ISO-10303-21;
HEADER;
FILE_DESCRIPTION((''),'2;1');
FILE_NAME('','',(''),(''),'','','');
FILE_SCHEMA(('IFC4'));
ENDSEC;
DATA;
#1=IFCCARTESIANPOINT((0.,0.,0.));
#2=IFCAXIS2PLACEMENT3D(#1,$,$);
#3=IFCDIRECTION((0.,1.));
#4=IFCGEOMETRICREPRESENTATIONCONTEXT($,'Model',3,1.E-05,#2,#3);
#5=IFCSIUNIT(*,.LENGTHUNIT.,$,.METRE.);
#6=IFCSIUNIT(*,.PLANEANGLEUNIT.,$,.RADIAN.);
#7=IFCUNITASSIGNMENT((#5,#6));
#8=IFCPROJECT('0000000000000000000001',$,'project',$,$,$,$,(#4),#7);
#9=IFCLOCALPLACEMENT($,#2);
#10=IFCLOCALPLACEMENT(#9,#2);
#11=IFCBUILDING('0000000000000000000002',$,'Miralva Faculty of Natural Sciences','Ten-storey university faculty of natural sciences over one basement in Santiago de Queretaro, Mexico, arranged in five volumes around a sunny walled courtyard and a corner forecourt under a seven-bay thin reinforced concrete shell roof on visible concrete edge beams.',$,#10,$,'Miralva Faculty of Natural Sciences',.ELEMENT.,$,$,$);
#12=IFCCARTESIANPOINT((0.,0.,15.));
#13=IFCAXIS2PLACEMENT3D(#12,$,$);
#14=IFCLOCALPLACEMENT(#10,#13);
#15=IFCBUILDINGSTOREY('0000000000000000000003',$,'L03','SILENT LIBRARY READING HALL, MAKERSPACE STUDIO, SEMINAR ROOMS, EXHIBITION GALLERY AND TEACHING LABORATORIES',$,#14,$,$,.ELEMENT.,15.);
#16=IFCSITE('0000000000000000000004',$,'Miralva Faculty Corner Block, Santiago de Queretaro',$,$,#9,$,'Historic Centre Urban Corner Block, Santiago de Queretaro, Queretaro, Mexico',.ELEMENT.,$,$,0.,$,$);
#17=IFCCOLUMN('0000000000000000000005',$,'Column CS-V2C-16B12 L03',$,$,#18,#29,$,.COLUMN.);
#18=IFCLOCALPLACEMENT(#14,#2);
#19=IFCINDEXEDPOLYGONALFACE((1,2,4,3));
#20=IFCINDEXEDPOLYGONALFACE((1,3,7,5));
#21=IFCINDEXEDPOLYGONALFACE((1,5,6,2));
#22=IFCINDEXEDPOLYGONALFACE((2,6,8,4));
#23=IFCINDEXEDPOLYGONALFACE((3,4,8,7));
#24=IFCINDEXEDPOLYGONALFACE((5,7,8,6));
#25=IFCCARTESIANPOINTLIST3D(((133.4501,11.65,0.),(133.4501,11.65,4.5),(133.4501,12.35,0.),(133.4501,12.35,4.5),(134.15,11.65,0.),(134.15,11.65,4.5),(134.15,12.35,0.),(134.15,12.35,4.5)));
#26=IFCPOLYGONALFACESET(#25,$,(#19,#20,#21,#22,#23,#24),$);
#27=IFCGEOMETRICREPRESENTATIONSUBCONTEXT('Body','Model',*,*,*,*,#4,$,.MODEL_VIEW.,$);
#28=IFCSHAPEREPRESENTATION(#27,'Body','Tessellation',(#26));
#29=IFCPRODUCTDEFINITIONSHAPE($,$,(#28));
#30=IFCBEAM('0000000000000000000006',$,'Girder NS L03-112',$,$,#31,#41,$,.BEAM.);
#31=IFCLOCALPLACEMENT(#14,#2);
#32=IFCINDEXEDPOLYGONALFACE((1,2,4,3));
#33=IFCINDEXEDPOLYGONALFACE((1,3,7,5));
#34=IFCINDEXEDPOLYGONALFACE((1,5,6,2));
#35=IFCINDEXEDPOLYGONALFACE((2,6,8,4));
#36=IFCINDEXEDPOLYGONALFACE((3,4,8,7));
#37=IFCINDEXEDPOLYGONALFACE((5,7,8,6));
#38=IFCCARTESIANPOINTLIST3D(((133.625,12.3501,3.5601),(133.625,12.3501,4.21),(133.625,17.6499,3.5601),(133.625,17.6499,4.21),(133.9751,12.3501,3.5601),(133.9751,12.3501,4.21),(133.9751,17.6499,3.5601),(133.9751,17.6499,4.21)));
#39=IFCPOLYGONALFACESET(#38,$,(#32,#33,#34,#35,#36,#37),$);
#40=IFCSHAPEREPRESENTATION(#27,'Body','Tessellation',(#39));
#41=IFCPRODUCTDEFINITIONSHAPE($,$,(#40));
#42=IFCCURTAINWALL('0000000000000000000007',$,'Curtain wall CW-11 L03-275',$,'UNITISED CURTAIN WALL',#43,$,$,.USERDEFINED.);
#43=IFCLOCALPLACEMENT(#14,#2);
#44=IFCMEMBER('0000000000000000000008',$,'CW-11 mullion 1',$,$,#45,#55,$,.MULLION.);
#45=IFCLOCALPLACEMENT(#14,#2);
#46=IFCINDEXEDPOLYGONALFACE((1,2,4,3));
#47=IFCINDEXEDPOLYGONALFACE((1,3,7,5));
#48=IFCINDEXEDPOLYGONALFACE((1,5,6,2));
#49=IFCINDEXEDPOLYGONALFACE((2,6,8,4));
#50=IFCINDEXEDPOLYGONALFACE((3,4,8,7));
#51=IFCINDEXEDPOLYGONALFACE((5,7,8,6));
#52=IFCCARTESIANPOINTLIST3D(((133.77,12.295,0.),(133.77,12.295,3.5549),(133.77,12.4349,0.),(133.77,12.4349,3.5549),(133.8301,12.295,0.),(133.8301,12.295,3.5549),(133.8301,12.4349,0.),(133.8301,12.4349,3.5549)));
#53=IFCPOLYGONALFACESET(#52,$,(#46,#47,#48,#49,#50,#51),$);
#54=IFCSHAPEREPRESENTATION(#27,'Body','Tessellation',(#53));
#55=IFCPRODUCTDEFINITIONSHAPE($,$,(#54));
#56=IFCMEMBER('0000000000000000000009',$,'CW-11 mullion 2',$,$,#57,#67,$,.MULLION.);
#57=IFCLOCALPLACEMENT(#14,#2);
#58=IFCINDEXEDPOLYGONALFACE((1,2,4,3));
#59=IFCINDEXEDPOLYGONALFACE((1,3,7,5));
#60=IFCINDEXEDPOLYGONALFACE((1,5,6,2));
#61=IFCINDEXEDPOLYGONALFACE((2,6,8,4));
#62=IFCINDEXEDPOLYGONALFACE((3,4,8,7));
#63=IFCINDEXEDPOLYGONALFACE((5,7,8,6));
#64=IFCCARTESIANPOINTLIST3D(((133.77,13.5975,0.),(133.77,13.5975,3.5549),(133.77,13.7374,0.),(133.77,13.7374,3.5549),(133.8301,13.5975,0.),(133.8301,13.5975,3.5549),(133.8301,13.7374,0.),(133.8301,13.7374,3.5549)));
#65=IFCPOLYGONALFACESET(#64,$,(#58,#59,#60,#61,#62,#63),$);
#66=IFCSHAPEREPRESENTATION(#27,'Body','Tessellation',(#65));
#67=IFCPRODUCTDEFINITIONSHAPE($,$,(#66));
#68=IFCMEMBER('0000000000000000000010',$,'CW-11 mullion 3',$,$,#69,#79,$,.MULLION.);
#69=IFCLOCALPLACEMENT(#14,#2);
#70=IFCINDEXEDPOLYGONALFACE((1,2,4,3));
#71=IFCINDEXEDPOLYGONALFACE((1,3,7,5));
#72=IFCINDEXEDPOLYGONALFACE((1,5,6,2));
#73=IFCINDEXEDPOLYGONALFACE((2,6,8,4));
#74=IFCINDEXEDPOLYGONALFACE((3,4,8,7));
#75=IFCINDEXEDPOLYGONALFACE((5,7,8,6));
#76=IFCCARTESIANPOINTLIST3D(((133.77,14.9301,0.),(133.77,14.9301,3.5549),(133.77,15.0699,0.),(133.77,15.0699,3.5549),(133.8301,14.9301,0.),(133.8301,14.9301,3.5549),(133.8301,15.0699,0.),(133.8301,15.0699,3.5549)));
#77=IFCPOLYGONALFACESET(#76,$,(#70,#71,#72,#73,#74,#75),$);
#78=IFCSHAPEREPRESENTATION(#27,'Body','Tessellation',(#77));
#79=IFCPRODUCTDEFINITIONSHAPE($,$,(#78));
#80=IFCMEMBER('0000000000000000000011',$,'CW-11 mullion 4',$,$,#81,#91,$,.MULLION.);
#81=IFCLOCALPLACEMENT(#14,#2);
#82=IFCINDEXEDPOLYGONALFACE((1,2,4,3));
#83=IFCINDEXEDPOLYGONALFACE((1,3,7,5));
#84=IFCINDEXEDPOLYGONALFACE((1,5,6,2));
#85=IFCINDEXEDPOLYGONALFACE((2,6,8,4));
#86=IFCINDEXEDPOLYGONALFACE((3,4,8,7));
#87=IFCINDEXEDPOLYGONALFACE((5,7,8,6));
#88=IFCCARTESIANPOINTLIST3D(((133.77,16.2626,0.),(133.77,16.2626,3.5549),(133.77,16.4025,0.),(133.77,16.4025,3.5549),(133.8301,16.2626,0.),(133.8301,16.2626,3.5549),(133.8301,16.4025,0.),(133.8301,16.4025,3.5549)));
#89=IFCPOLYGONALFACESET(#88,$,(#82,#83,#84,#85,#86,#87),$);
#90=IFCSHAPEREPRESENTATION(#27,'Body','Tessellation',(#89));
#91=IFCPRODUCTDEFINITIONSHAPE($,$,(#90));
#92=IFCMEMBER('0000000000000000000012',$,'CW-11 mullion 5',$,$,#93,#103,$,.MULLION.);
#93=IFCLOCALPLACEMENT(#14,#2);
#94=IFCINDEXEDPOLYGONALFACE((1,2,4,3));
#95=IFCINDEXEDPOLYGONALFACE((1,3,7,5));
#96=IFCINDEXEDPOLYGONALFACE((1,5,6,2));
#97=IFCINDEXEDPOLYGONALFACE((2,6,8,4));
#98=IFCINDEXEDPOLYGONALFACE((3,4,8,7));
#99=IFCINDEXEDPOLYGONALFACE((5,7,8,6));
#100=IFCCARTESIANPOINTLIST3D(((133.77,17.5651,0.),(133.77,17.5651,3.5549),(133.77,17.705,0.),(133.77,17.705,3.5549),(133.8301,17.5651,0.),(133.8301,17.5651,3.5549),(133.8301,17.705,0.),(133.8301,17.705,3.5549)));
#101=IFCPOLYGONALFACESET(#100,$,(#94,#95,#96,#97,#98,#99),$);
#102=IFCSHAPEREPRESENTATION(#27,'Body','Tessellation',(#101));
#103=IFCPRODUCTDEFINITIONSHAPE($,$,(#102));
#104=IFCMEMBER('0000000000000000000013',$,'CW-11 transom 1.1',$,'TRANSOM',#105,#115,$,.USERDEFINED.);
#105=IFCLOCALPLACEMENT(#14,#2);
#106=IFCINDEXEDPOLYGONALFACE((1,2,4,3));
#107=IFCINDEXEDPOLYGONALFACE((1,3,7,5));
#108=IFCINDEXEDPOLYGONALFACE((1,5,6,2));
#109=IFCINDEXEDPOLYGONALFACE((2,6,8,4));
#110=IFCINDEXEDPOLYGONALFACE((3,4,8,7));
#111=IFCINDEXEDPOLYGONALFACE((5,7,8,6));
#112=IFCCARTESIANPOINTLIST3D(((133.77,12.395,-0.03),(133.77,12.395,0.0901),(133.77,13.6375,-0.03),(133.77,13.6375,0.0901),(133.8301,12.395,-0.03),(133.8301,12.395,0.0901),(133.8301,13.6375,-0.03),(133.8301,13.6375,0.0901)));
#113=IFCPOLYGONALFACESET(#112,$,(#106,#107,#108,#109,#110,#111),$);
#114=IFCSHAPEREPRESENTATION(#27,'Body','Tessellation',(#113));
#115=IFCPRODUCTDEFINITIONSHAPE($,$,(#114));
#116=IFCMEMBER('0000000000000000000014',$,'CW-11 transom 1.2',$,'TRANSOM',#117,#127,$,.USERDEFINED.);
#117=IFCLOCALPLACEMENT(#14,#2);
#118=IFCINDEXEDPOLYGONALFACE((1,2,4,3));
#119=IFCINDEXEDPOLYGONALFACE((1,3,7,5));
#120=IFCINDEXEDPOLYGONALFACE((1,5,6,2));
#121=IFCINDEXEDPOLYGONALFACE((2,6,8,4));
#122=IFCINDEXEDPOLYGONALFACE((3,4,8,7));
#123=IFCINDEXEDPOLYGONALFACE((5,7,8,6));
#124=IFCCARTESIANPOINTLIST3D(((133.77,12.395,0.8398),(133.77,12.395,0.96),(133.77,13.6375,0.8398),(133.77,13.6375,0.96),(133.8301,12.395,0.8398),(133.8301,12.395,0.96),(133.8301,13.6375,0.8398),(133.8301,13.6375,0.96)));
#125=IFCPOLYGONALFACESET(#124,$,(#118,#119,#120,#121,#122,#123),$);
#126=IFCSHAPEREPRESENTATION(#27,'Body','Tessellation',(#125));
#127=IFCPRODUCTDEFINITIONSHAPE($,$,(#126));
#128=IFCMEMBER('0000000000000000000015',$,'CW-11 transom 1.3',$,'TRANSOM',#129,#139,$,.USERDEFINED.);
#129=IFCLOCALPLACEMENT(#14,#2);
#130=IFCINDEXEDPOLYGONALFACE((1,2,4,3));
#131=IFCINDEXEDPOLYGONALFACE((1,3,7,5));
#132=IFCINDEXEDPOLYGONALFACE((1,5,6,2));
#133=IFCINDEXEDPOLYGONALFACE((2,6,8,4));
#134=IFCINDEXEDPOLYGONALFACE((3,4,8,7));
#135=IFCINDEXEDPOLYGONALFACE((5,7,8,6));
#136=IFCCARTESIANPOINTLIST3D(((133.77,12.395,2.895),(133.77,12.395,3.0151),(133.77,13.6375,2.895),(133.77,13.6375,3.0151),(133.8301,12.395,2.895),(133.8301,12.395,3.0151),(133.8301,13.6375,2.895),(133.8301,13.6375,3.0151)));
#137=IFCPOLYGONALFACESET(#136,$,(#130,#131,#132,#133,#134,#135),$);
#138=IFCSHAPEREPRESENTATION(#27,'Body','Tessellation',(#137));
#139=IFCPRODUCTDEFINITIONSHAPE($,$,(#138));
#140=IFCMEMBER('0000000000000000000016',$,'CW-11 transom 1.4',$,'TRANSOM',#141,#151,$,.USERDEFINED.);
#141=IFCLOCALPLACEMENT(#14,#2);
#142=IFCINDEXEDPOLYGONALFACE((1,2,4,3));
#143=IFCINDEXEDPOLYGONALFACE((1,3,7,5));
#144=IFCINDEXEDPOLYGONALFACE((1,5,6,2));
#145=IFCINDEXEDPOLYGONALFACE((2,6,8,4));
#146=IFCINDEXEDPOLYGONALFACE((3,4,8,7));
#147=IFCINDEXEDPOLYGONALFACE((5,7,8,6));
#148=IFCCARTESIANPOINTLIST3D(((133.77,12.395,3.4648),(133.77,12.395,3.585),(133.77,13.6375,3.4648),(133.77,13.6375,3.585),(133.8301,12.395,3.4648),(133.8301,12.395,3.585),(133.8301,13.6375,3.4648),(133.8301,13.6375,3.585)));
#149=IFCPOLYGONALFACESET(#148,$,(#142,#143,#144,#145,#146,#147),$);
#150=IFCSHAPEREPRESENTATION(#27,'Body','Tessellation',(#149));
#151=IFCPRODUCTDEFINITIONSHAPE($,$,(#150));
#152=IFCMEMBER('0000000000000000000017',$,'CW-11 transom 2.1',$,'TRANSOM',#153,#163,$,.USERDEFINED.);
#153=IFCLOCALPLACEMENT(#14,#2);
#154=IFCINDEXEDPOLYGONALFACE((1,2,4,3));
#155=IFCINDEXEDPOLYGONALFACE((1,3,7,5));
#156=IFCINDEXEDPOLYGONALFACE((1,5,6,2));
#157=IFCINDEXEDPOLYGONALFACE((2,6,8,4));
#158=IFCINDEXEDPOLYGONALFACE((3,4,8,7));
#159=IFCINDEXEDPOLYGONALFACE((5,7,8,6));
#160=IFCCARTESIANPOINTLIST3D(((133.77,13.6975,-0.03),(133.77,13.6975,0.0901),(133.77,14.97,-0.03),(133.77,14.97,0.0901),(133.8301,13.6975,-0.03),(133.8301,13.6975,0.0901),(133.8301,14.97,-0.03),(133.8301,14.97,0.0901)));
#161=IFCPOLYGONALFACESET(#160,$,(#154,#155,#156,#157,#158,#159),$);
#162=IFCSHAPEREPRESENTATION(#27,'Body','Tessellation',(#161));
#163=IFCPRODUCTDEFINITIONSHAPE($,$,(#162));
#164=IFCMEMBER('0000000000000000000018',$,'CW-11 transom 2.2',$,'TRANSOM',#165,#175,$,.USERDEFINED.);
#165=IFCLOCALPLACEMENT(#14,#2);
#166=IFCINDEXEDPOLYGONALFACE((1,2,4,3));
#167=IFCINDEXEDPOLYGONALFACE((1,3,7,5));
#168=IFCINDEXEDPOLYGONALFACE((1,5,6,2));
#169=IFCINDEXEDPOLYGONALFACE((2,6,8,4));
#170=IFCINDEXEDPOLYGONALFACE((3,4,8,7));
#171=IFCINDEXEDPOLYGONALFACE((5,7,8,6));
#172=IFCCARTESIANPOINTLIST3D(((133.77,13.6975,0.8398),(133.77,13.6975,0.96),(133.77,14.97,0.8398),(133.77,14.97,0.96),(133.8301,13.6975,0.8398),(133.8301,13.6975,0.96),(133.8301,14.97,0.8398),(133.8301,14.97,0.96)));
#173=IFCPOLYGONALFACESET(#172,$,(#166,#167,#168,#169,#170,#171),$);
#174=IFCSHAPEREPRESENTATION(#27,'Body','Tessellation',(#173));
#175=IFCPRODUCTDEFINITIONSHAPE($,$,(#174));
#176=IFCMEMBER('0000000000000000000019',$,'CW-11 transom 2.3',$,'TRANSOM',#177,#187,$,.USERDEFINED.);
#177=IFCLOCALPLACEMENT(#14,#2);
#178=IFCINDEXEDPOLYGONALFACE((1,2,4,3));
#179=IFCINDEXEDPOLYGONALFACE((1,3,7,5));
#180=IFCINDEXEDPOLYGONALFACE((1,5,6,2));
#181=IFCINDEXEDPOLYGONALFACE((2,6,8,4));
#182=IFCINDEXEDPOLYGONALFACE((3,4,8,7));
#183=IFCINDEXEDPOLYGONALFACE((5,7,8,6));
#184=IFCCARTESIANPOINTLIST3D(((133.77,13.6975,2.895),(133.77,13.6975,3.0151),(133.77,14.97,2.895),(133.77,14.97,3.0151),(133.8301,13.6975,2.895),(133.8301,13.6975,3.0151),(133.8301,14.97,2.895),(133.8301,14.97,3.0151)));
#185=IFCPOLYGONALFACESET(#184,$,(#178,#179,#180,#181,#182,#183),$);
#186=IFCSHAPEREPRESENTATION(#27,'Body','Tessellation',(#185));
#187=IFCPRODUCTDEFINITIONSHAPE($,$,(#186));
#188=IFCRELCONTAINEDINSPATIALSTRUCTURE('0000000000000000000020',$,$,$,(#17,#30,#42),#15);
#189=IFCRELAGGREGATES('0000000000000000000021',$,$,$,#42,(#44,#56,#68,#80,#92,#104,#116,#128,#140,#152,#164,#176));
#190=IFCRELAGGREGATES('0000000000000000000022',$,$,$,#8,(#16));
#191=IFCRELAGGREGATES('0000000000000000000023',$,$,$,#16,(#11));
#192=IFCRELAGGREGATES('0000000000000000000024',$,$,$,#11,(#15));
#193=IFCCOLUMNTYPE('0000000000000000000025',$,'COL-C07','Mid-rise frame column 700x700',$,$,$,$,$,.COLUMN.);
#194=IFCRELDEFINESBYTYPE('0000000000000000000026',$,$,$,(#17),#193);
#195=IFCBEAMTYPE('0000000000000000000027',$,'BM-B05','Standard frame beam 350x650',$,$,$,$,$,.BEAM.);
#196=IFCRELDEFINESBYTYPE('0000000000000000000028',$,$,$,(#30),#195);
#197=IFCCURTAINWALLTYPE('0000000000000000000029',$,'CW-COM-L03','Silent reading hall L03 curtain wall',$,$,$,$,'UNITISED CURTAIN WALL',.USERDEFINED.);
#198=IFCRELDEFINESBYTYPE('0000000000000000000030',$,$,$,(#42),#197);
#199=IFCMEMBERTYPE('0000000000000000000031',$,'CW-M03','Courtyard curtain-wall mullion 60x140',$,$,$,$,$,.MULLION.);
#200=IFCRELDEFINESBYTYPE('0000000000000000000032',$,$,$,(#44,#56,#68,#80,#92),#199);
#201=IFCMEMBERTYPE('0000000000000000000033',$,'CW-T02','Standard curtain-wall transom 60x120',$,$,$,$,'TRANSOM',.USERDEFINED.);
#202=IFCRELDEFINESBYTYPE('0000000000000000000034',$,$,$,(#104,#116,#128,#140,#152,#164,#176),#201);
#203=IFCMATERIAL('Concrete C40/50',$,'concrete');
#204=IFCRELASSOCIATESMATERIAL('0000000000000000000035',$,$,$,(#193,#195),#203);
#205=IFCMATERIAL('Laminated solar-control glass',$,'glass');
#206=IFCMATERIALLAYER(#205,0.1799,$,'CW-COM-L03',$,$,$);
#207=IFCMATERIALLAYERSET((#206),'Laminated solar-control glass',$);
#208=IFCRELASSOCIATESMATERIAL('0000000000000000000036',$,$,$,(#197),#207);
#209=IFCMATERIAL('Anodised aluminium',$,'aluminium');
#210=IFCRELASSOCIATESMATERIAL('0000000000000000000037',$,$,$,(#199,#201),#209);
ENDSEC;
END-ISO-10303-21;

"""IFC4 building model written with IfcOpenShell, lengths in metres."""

from ifc_helpers import new_model, si_unit, direction, frame, origin, origin_2d, place, context, subcontext, project, spatial, rectangle, extrude, material, layer, layer_set, material_profile, profile_set, type_object, element, aggregate, save


model = new_model("IFC4")

# Units and contexts
model_context = context("Model", 3, precision=1e-05, world=origin(), true_north=direction((0.0, 1.0)))
body_context = subcontext(model_context, "Body", "Model", "MODEL_VIEW")
ifc_project = project(units=[si_unit("LENGTHUNIT", "METRE"), si_unit("PLANEANGLEUNIT", "RADIAN")], contexts=[model_context])

# Site, building, storey
site_placement = place(None, origin())
site = spatial("IfcSite", under=ifc_project, at=site_placement, Name="Miralva Faculty Corner Block, Santiago de Queretaro", LongName="Historic Centre Urban Corner Block, Santiago de Queretaro, Queretaro, Mexico", CompositionType="ELEMENT", RefElevation=0.0)
building_placement = place(site_placement, origin())
building = spatial("IfcBuilding", under=site, at=building_placement, Name="Miralva Faculty of Natural Sciences", Description="Ten-storey university faculty of natural sciences over one basement in Santiago de Queretaro, Mexico, arranged in five volumes around a sunny walled courtyard and a corner forecourt under a seven-bay thin reinforced concrete shell roof on visible concrete edge beams.", LongName="Miralva Faculty of Natural Sciences", CompositionType="ELEMENT")
storey_placement = place(building_placement, frame((0.0, 0.0, 15.0)))
storey = spatial("IfcBuildingStorey", under=building, at=storey_placement, Name="L03", Description="SILENT LIBRARY READING HALL, MAKERSPACE STUDIO, SEMINAR ROOMS, EXHIBITION GALLERY AND TEACHING LABORATORIES", CompositionType="ELEMENT", Elevation=15.0)

# Column
ifc_material_1 = material(Name="Concrete C40/50", Category="concrete")
ifc_material_profile_1 = material_profile(ifc_material_1, rectangle(XDim=0.7, YDim=0.7, at=origin_2d()), Name="RC 700x700")
ifc_profile_set_1 = profile_set([ifc_material_profile_1], Name="Concrete C40/50")
column_type = type_object("IfcColumnType", Name="COL-C07", Description="Mid-rise frame column 700x700", PredefinedType="COLUMN", material=ifc_profile_set_1)
column_placement = place(storey_placement, frame((133.8, 12.0, 0.0), z_axis=(0.0, 0.0, 1.0), x_axis=(1.0, 0.0, 0.0)))
element("IfcColumn", 1, at=column_placement, inside=storey, type_object=column_type, Name="Column CS-V2C-16B12 L03", PredefinedType="COLUMN", context=body_context, shape_type="SweptSolid", body=[
    extrude(rectangle(XDim=0.7, YDim=0.7, at=origin_2d()), origin(), (0.0, 0.0, 1.0), 4.5),
])

# Beam
ifc_material_profile_2 = material_profile(ifc_material_1, rectangle(XDim=0.3501, YDim=0.6499, at=origin_2d()), Name="RC 350x650")
ifc_profile_set_2 = profile_set([ifc_material_profile_2], Name="Concrete C40/50")
beam_type = type_object("IfcBeamType", Name="BM-B05", Description="Standard frame beam 350x650", PredefinedType="BEAM", material=ifc_profile_set_2)
beam_placement = place(storey_placement, frame((133.8, 12.3501, 3.885), z_axis=(0.0, 1.0, 0.0), x_axis=(-1.0, 0.0, 0.0)))
element("IfcBeam", 2, at=beam_placement, inside=storey, type_object=beam_type, Name="Girder NS L03-112", PredefinedType="BEAM", context=body_context, shape_type="SweptSolid", body=[
    extrude(rectangle(XDim=0.3501, YDim=0.6499, at=origin_2d()), origin(), (0.0, 0.0, 1.0), 5.2998),
])

# Curtain wall, members
ifc_material_2 = material(Name="Laminated solar-control glass", Category="glass")
ifc_layer_1 = layer(ifc_material_2, 0.1799, Name="CW-COM-L03")
ifc_layer_set_1 = layer_set([ifc_layer_1], Name="Laminated solar-control glass")
curtain_wall_type_1 = type_object("IfcCurtainWallType", Name="CW-COM-L03", Description="Silent reading hall L03 curtain wall", ElementType="UNITISED CURTAIN WALL", PredefinedType="USERDEFINED", material=ifc_layer_set_1)
curtain_wall_1_placement = place(storey_placement, origin())
curtain_wall_1 = element("IfcCurtainWall", 3, at=curtain_wall_1_placement, inside=storey, type_object=curtain_wall_type_1, Name="Curtain wall CW-11 L03-275", ObjectType="UNITISED CURTAIN WALL", PredefinedType="USERDEFINED")
ifc_material_3 = material(Name="Anodised aluminium", Category="aluminium")
ifc_material_profile_3 = material_profile(ifc_material_3, rectangle(XDim=0.0601, YDim=0.1399, at=origin_2d()), Name="MULLION 60x140")
ifc_profile_set_3 = profile_set([ifc_material_profile_3], Name="Anodised aluminium")
member_type_1 = type_object("IfcMemberType", Name="CW-M03", Description="Courtyard curtain-wall mullion 60x140", PredefinedType="MULLION", material=ifc_profile_set_3)
member_1_placement = place(storey_placement, frame((133.8, 12.365, 0.0), z_axis=(0.0, 0.0, 1.0), x_axis=(-1.0, 0.0, 0.0)))
member_1 = element("IfcMember", 4, at=member_1_placement, type_object=member_type_1, Name="CW-11 mullion 1", PredefinedType="MULLION", context=body_context, shape_type="SweptSolid", body=[
    extrude(rectangle(XDim=0.0601, YDim=0.1399, at=origin_2d()), origin(), (0.0, 0.0, 1.0), 3.5549),
])
member_2_placement = place(storey_placement, frame((133.8, 13.6675, 0.0), z_axis=(0.0, 0.0, 1.0), x_axis=(-1.0, 0.0, 0.0)))
member_2 = element("IfcMember", 5, at=member_2_placement, type_object=member_type_1, Name="CW-11 mullion 2", PredefinedType="MULLION", context=body_context, shape_type="SweptSolid", body=[
    extrude(rectangle(XDim=0.0601, YDim=0.1399, at=origin_2d()), origin(), (0.0, 0.0, 1.0), 3.5549),
])
member_3_placement = place(storey_placement, frame((133.8, 15.0, 0.0), z_axis=(0.0, 0.0, 1.0), x_axis=(-1.0, 0.0, 0.0)))
member_3 = element("IfcMember", 6, at=member_3_placement, type_object=member_type_1, Name="CW-11 mullion 3", PredefinedType="MULLION", context=body_context, shape_type="SweptSolid", body=[
    extrude(rectangle(XDim=0.0601, YDim=0.1399, at=origin_2d()), origin(), (0.0, 0.0, 1.0), 3.5549),
])
member_4_placement = place(storey_placement, frame((133.8, 16.3325, 0.0), z_axis=(0.0, 0.0, 1.0), x_axis=(-1.0, 0.0, 0.0)))
member_4 = element("IfcMember", 7, at=member_4_placement, type_object=member_type_1, Name="CW-11 mullion 4", PredefinedType="MULLION", context=body_context, shape_type="SweptSolid", body=[
    extrude(rectangle(XDim=0.0601, YDim=0.1399, at=origin_2d()), origin(), (0.0, 0.0, 1.0), 3.5549),
])
member_5_placement = place(storey_placement, frame((133.8, 17.635, 0.0), z_axis=(0.0, 0.0, 1.0), x_axis=(-1.0, 0.0, 0.0)))
member_5 = element("IfcMember", 8, at=member_5_placement, type_object=member_type_1, Name="CW-11 mullion 5", PredefinedType="MULLION", context=body_context, shape_type="SweptSolid", body=[
    extrude(rectangle(XDim=0.0601, YDim=0.1399, at=origin_2d()), origin(), (0.0, 0.0, 1.0), 3.5549),
])
ifc_material_profile_4 = material_profile(ifc_material_3, rectangle(XDim=0.0601, YDim=0.1201, at=origin_2d()), Name="TRANSOM 60x120")
ifc_profile_set_4 = profile_set([ifc_material_profile_4], Name="Anodised aluminium")
member_type_2 = type_object("IfcMemberType", Name="CW-T02", Description="Standard curtain-wall transom 60x120", ElementType="TRANSOM", PredefinedType="USERDEFINED", material=ifc_profile_set_4)
member_6_placement = place(storey_placement, frame((133.8, 12.395, 0.03), z_axis=(0.0, 1.0, 0.0), x_axis=(-1.0, 0.0, 0.0)))
member_6 = element("IfcMember", 9, at=member_6_placement, type_object=member_type_2, Name="CW-11 transom 1.1", ObjectType="TRANSOM", PredefinedType="USERDEFINED", context=body_context, shape_type="SweptSolid", body=[
    extrude(rectangle(XDim=0.0601, YDim=0.1201, at=origin_2d()), origin(), (0.0, 0.0, 1.0), 1.2424),
])
member_7_placement = place(storey_placement, frame((133.8, 12.395, 0.8999), z_axis=(0.0, 1.0, 0.0), x_axis=(-1.0, 0.0, 0.0)))
member_7 = element("IfcMember", 10, at=member_7_placement, type_object=member_type_2, Name="CW-11 transom 1.2", ObjectType="TRANSOM", PredefinedType="USERDEFINED", context=body_context, shape_type="SweptSolid", body=[
    extrude(rectangle(XDim=0.0601, YDim=0.1201, at=origin_2d()), origin(), (0.0, 0.0, 1.0), 1.2424),
])
member_8_placement = place(storey_placement, frame((133.8, 12.395, 2.9551), z_axis=(0.0, 1.0, 0.0), x_axis=(-1.0, 0.0, 0.0)))
member_8 = element("IfcMember", 11, at=member_8_placement, type_object=member_type_2, Name="CW-11 transom 1.3", ObjectType="TRANSOM", PredefinedType="USERDEFINED", context=body_context, shape_type="SweptSolid", body=[
    extrude(rectangle(XDim=0.0601, YDim=0.1201, at=origin_2d()), origin(), (0.0, 0.0, 1.0), 1.2424),
])
member_9_placement = place(storey_placement, frame((133.8, 12.395, 3.5249), z_axis=(0.0, 1.0, 0.0), x_axis=(-1.0, 0.0, 0.0)))
member_9 = element("IfcMember", 12, at=member_9_placement, type_object=member_type_2, Name="CW-11 transom 1.4", ObjectType="TRANSOM", PredefinedType="USERDEFINED", context=body_context, shape_type="SweptSolid", body=[
    extrude(rectangle(XDim=0.0601, YDim=0.1201, at=origin_2d()), origin(), (0.0, 0.0, 1.0), 1.2424),
])
member_10_placement = place(storey_placement, frame((133.8, 13.6975, 0.03), z_axis=(0.0, 1.0, 0.0), x_axis=(-1.0, 0.0, 0.0)))
member_10 = element("IfcMember", 13, at=member_10_placement, type_object=member_type_2, Name="CW-11 transom 2.1", ObjectType="TRANSOM", PredefinedType="USERDEFINED", context=body_context, shape_type="SweptSolid", body=[
    extrude(rectangle(XDim=0.0601, YDim=0.1201, at=origin_2d()), origin(), (0.0, 0.0, 1.0), 1.2725),
])
member_11_placement = place(storey_placement, frame((133.8, 13.6975, 0.8999), z_axis=(0.0, 1.0, 0.0), x_axis=(-1.0, 0.0, 0.0)))
member_11 = element("IfcMember", 14, at=member_11_placement, type_object=member_type_2, Name="CW-11 transom 2.2", ObjectType="TRANSOM", PredefinedType="USERDEFINED", context=body_context, shape_type="SweptSolid", body=[
    extrude(rectangle(XDim=0.0601, YDim=0.1201, at=origin_2d()), origin(), (0.0, 0.0, 1.0), 1.2725),
])
member_12_placement = place(storey_placement, frame((133.8, 13.6975, 2.9551), z_axis=(0.0, 1.0, 0.0), x_axis=(-1.0, 0.0, 0.0)))
member_12 = element("IfcMember", 15, at=member_12_placement, type_object=member_type_2, Name="CW-11 transom 2.3", ObjectType="TRANSOM", PredefinedType="USERDEFINED", context=body_context, shape_type="SweptSolid", body=[
    extrude(rectangle(XDim=0.0601, YDim=0.1201, at=origin_2d()), origin(), (0.0, 0.0, 1.0), 1.2725),
])
aggregate(curtain_wall_1, [member_1, member_2, member_3, member_4, member_5, member_6, member_7, member_8, member_9, member_10, member_11, member_12])

save(model, "model.ifc")
